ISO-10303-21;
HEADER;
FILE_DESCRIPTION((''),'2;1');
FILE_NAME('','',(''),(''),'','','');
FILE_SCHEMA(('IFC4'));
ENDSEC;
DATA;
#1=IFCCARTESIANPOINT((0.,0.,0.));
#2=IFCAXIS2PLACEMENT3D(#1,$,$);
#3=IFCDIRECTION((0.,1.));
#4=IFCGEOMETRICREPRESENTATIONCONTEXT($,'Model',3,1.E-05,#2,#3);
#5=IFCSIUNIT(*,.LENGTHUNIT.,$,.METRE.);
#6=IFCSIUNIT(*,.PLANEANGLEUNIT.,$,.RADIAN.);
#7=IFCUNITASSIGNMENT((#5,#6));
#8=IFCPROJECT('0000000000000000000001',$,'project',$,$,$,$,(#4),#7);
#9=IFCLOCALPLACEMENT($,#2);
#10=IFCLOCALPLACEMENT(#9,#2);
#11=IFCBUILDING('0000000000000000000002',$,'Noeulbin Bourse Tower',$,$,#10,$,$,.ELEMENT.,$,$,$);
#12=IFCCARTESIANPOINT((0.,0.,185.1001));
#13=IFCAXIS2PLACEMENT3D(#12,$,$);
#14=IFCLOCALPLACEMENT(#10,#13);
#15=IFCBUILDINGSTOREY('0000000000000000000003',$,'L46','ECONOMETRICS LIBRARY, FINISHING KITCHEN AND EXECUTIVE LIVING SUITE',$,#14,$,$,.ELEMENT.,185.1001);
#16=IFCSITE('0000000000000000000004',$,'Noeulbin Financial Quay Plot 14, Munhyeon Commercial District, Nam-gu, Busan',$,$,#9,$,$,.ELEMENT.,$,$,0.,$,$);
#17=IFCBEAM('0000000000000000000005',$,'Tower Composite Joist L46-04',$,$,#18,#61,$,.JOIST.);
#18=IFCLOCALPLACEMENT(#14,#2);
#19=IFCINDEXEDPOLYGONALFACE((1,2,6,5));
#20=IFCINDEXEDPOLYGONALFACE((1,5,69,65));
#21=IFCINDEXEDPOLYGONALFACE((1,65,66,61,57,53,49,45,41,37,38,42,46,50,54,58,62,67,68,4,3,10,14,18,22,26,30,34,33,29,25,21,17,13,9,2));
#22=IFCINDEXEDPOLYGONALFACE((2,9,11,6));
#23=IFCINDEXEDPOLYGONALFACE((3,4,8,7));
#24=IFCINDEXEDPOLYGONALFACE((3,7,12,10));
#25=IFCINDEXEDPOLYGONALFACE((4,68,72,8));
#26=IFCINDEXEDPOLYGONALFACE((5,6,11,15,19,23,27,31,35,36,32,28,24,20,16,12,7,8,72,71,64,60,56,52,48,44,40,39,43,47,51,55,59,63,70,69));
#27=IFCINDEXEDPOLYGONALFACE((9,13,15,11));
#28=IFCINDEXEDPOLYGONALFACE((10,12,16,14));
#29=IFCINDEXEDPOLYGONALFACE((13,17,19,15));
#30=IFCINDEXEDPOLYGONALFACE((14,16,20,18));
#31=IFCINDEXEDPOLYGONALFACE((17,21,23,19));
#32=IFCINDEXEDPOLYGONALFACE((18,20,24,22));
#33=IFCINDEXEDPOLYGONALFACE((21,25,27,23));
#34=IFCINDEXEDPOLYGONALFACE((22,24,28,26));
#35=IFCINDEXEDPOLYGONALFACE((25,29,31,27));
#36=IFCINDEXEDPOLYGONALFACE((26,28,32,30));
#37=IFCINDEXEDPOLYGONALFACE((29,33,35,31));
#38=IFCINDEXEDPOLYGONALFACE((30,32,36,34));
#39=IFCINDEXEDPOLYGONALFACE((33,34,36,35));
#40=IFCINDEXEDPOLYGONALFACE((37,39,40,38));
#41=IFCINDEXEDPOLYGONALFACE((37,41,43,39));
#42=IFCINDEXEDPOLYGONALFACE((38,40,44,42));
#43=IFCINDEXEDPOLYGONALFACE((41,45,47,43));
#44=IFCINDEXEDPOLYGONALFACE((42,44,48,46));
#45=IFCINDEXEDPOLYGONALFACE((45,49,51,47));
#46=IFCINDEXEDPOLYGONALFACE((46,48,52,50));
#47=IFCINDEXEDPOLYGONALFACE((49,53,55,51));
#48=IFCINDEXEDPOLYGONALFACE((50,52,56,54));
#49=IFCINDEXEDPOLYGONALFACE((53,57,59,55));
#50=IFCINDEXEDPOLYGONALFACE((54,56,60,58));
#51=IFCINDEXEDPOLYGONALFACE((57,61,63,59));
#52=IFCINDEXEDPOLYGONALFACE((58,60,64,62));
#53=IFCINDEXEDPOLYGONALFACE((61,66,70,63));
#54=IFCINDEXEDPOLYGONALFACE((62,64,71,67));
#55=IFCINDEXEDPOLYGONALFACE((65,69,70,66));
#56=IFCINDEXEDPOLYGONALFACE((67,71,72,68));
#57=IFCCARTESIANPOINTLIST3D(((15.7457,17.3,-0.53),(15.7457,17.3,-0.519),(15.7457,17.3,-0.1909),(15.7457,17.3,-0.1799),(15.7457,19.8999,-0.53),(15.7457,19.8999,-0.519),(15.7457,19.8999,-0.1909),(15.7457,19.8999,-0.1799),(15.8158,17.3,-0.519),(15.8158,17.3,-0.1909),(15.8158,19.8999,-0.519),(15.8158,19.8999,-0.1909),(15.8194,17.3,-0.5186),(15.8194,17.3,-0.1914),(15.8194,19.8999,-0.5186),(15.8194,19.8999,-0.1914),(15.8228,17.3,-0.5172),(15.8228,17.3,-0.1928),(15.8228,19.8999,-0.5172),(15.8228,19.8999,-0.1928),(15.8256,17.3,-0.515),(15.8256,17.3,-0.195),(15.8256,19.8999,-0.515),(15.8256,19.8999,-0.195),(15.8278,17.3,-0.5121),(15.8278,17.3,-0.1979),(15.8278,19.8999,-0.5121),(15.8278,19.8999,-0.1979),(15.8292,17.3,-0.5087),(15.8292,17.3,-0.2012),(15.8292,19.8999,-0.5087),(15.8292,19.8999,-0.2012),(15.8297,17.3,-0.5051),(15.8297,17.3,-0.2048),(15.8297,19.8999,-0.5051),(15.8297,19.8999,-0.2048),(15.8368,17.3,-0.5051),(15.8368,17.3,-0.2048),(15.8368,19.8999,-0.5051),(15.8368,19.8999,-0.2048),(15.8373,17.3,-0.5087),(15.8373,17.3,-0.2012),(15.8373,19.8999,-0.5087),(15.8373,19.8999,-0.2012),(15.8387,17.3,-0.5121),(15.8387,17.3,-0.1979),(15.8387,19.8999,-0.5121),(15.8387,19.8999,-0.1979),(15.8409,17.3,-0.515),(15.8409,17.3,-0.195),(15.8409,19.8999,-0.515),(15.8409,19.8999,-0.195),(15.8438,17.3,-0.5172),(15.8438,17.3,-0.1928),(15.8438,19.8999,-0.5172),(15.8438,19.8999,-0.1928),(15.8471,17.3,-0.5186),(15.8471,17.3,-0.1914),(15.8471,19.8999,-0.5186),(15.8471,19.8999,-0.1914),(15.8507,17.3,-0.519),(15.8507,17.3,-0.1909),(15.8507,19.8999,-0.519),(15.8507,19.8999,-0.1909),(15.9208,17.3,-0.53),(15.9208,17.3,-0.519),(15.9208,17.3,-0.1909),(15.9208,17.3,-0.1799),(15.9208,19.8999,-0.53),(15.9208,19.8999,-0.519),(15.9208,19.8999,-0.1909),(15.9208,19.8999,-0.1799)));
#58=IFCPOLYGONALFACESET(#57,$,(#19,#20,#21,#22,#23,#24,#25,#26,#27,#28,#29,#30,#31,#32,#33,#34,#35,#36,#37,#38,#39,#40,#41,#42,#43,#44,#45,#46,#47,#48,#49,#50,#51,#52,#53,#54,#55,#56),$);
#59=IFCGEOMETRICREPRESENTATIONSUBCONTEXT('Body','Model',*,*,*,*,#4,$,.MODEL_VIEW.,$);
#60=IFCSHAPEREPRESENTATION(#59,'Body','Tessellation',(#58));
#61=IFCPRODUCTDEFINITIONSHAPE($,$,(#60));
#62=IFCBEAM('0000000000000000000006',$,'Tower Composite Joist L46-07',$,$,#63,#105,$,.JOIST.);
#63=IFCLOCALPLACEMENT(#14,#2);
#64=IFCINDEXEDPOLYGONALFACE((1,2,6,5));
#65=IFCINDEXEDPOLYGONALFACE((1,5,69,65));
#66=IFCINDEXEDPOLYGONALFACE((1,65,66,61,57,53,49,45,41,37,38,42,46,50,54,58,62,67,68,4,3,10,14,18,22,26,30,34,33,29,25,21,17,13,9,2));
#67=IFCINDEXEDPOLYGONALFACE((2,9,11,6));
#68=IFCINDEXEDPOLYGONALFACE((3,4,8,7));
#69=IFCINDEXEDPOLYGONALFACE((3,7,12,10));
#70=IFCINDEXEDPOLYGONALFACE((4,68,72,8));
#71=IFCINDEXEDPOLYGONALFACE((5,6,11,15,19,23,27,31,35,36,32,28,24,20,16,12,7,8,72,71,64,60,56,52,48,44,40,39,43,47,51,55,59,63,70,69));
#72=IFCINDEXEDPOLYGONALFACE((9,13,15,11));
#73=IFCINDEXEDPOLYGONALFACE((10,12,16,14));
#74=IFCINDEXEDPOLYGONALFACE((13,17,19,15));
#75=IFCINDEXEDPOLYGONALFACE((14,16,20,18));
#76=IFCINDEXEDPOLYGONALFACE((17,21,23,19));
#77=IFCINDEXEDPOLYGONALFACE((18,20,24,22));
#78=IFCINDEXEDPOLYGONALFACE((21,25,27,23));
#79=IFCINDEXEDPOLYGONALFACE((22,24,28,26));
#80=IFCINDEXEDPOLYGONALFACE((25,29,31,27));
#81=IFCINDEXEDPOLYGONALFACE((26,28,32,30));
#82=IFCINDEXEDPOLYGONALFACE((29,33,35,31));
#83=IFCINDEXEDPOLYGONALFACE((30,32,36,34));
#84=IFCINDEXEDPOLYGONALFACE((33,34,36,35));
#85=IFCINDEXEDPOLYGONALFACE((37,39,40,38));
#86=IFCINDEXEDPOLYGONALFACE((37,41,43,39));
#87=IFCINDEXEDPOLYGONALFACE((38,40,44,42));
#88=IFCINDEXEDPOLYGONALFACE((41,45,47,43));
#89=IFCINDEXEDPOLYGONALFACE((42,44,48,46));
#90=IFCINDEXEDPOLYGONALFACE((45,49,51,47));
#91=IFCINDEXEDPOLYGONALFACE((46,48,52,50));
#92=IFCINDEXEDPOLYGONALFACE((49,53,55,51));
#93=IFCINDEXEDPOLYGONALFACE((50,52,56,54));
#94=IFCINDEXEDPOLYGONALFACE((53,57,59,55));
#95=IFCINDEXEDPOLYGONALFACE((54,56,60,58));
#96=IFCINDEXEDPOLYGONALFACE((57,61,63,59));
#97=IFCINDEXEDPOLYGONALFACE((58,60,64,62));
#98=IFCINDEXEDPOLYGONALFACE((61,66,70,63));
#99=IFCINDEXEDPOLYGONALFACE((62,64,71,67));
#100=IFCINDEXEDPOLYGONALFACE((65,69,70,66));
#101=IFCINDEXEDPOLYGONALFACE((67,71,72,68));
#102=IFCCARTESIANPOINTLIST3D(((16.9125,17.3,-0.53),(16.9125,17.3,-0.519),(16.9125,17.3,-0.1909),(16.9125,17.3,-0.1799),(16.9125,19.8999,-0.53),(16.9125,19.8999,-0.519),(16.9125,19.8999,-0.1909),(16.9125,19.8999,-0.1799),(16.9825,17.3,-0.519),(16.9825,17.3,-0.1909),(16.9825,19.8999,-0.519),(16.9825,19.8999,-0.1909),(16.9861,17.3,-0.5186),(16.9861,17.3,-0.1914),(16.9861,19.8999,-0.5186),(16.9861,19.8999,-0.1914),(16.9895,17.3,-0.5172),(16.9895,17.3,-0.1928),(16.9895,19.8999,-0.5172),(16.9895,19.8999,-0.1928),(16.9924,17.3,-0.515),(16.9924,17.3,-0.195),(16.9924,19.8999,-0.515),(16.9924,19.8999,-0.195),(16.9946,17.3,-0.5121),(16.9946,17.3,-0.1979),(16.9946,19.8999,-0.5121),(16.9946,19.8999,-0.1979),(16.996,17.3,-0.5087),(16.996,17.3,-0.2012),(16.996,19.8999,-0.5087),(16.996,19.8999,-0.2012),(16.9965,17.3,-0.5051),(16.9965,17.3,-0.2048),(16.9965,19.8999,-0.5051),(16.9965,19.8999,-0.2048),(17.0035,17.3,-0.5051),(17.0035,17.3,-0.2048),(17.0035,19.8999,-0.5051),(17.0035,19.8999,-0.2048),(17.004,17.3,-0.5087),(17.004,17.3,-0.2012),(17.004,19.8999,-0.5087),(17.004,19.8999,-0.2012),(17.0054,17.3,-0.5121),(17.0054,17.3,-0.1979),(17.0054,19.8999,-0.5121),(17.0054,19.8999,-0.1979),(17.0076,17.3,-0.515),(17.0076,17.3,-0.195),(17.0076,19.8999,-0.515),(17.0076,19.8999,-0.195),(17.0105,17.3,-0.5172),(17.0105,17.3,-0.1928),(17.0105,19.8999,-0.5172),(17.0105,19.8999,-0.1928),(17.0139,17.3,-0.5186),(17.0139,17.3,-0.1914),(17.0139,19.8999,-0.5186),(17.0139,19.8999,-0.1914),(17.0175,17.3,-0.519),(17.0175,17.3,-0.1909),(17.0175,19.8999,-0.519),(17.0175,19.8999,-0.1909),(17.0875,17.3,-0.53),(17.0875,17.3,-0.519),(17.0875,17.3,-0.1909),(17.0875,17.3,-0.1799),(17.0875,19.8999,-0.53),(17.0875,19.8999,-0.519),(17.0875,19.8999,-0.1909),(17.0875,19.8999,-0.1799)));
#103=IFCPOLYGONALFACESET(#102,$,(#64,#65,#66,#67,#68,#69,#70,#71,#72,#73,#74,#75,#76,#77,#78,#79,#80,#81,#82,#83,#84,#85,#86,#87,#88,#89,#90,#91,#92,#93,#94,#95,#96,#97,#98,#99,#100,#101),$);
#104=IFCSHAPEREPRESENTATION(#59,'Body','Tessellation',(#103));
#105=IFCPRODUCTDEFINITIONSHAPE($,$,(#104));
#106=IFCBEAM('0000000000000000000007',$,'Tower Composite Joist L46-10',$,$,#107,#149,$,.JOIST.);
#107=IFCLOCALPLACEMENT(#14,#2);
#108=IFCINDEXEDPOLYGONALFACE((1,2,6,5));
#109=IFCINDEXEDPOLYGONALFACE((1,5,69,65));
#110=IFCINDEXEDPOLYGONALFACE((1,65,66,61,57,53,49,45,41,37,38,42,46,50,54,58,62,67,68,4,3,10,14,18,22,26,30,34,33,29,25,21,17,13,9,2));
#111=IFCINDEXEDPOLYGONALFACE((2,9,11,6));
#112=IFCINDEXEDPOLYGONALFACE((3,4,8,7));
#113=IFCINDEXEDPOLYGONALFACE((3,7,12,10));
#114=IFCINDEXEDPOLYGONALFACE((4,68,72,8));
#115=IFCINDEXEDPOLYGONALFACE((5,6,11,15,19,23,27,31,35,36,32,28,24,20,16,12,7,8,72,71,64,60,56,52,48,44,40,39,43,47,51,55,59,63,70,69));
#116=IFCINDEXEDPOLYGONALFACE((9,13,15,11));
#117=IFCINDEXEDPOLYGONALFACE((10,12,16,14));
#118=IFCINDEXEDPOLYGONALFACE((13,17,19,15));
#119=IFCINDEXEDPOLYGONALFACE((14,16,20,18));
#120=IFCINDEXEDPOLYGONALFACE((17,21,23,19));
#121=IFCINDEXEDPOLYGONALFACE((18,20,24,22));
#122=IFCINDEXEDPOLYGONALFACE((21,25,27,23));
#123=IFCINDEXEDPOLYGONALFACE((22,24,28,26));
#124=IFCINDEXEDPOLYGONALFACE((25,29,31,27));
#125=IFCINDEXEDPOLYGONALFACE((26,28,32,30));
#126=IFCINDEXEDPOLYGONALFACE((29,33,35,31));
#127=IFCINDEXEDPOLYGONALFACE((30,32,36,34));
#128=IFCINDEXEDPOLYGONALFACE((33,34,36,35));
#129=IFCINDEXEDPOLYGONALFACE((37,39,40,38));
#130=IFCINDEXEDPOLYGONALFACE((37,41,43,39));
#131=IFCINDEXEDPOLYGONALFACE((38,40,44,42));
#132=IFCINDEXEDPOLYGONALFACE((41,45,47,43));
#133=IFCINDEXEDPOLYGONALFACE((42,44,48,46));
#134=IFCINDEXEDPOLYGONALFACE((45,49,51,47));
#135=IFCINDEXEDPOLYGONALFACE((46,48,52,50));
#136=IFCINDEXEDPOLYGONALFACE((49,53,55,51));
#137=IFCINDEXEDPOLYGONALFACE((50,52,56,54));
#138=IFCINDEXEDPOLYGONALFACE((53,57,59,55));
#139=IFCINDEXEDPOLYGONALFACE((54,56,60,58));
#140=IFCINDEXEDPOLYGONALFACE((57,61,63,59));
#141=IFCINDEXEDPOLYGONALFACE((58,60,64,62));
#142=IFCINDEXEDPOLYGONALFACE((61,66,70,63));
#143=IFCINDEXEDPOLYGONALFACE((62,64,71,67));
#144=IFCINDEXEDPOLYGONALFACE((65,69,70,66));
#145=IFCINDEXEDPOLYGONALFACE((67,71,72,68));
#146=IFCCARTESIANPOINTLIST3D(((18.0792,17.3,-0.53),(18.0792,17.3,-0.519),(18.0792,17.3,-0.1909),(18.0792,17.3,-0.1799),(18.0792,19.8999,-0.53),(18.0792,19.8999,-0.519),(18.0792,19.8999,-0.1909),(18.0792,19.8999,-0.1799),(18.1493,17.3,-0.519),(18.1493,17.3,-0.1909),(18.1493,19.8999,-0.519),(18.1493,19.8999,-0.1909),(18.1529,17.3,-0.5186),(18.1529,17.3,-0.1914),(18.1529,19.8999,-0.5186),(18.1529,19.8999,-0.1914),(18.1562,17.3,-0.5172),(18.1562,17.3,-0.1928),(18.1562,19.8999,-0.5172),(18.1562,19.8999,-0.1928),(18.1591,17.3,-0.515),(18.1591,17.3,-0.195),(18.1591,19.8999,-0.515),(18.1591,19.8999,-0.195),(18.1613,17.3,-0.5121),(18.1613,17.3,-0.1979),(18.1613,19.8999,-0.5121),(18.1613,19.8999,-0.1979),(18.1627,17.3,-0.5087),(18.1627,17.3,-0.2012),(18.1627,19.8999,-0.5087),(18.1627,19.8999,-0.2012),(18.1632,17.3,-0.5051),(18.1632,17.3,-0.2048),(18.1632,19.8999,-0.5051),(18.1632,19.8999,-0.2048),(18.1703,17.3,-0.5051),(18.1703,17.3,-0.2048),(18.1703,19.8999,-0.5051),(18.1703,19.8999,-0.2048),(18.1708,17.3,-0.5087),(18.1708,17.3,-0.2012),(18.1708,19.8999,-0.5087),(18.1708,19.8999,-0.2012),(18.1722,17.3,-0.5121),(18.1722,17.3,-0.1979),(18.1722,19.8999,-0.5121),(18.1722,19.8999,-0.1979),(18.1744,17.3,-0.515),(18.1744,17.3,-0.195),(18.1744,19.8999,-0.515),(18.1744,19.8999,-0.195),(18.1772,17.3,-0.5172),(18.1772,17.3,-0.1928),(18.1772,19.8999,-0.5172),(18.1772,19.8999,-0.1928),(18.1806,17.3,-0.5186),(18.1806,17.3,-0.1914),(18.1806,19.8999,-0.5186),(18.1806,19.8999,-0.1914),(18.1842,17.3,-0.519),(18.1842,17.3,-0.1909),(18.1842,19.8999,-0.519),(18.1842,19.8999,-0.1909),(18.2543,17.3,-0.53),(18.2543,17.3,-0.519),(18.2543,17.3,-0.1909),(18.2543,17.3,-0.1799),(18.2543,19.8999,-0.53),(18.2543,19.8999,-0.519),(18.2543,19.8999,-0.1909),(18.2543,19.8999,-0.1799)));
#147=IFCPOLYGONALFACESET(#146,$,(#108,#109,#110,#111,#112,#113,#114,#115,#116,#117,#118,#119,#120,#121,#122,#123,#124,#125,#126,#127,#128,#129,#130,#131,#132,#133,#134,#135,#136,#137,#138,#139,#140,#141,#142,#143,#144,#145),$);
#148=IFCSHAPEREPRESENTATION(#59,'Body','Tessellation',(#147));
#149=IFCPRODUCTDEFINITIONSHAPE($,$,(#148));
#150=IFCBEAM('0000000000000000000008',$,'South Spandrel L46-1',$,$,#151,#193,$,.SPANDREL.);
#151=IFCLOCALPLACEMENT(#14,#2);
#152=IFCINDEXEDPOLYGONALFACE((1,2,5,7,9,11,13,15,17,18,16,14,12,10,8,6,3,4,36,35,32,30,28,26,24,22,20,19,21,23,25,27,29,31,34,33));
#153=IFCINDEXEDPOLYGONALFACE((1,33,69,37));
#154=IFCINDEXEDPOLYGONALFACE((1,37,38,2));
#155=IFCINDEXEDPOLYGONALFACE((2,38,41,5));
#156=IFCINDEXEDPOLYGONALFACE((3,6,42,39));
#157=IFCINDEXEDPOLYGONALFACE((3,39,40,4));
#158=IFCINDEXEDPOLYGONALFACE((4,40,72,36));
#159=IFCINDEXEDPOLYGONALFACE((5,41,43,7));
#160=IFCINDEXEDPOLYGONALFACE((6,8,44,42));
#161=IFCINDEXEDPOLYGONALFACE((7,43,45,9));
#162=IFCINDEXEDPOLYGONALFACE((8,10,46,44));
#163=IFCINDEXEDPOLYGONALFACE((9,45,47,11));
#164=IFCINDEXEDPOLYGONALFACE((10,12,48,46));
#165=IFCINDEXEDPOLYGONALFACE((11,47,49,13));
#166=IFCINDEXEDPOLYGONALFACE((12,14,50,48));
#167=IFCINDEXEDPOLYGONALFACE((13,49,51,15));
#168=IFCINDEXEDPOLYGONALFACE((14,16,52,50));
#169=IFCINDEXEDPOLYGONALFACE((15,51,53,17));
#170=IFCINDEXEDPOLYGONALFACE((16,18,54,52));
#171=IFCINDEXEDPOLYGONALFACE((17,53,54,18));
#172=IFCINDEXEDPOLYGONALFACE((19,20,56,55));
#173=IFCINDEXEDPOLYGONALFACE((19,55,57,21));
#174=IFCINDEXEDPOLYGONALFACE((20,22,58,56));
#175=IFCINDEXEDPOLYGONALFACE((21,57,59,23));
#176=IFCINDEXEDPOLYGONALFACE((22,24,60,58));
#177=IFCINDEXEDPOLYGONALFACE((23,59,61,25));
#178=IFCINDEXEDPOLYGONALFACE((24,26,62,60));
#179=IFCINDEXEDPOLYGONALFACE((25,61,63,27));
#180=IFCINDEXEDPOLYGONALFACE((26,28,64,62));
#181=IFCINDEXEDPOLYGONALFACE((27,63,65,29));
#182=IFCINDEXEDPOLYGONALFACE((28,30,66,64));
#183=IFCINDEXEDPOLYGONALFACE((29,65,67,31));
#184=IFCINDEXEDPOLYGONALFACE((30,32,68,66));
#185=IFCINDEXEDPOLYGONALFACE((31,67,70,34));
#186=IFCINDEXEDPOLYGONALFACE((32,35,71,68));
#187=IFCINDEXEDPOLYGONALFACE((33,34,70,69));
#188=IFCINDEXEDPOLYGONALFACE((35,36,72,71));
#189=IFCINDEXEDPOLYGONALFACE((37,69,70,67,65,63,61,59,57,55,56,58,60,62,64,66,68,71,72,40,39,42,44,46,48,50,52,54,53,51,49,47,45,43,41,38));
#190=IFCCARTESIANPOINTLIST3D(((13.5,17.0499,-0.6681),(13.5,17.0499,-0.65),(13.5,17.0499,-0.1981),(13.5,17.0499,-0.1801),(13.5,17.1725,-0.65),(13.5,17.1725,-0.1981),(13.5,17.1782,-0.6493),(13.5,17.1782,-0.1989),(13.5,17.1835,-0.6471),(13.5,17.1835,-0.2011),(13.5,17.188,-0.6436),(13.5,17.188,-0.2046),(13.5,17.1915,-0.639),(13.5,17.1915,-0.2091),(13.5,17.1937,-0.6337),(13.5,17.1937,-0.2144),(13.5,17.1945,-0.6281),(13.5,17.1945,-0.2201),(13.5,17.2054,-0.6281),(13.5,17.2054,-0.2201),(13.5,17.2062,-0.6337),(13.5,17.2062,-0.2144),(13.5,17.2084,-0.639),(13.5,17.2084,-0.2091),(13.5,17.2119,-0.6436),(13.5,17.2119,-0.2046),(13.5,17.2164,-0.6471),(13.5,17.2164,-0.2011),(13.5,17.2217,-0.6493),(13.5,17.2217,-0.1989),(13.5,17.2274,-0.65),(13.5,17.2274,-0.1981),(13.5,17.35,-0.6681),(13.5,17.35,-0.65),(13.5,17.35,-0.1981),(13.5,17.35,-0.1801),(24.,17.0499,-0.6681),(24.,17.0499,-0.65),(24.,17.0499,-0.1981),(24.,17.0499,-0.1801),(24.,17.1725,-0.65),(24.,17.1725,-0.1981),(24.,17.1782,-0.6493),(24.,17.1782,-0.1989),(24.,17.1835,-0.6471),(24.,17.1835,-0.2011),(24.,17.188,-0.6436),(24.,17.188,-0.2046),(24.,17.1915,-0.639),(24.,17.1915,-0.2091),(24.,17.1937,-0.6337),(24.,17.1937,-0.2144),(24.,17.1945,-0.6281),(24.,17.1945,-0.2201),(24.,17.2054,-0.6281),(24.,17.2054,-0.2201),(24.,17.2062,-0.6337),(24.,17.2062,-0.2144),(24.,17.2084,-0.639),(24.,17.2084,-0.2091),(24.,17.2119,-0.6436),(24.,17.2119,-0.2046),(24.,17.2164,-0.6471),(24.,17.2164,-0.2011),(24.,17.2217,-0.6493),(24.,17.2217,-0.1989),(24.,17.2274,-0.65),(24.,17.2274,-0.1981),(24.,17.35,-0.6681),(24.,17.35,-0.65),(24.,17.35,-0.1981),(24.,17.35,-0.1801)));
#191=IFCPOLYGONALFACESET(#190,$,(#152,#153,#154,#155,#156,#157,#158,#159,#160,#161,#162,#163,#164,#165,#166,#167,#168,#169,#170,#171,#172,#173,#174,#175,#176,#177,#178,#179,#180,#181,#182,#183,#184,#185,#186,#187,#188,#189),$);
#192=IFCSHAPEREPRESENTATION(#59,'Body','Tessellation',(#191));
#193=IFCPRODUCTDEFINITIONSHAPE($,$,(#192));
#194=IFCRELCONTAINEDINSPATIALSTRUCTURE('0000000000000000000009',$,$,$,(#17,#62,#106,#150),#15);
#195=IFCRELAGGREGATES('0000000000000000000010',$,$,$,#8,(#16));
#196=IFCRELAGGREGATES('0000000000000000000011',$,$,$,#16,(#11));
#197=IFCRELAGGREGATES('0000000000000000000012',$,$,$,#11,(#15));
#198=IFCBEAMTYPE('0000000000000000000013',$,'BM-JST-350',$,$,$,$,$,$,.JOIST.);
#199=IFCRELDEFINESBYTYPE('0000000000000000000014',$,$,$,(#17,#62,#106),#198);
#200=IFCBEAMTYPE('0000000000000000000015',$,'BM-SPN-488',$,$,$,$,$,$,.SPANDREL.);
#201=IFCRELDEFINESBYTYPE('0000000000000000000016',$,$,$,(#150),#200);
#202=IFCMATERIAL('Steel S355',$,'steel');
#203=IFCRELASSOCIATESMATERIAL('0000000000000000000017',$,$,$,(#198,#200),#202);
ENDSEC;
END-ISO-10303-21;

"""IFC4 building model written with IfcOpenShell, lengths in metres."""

from ifc_helpers import new_model, si_unit, direction, frame, origin, origin_2d, place, context, subcontext, project, spatial, i_section, extrude, material, material_profile, profile_set, type_object, element, save


model = new_model("IFC4")

# Units and contexts
model_context = context("Model", 3, precision=1e-05, world=origin(), true_north=direction((0.0, 1.0)))
body_context = subcontext(model_context, "Body", "Model", "MODEL_VIEW")
ifc_project = project(units=[si_unit("LENGTHUNIT", "METRE"), si_unit("PLANEANGLEUNIT", "RADIAN")], contexts=[model_context])

# Site, building, storey
site_placement = place(None, origin())
site = spatial("IfcSite", under=ifc_project, at=site_placement, Name="Noeulbin Financial Quay Plot 14, Munhyeon Commercial District, Nam-gu, Busan", CompositionType="ELEMENT", RefElevation=0.0)
building_placement = place(site_placement, origin())
building = spatial("IfcBuilding", under=site, at=building_placement, Name="Noeulbin Bourse Tower", CompositionType="ELEMENT")
storey_placement = place(building_placement, frame((0.0, 0.0, 185.1001)))
storey = spatial("IfcBuildingStorey", under=building, at=storey_placement, Name="L46", Description="ECONOMETRICS LIBRARY, FINISHING KITCHEN AND EXECUTIVE LIVING SUITE", CompositionType="ELEMENT", Elevation=185.1001)

# Shared definitions
ifc_material_1 = material(Name="Steel S355", Category="steel")

# Beams
ifc_material_profile_1 = material_profile(ifc_material_1, i_section(OverallWidth=0.175, OverallDepth=0.3501, WebThickness=0.0071, FlangeThickness=0.011, FilletRadius=0.0139, at=origin_2d()), Name="H-350x175x7x11", Category="LoadBearing")
ifc_profile_set_1 = profile_set([ifc_material_profile_1], Name="Steel S355")
beam_type_1 = type_object("IfcBeamType", Name="BM-JST-350", PredefinedType="JOIST", material=ifc_profile_set_1)
for number, where, z_axis, x_axis, name in (
    (1, (15.8333, 17.3, -0.355), (0.0, 1.0, 0.0), (-1.0, 0.0, 0.0), "Tower Composite Joist L46-04"),
    (2, (17.0, 17.3, -0.355), (0.0, 1.0, 0.0), (-1.0, 0.0, 0.0), "Tower Composite Joist L46-07"),
    (3, (18.1667, 17.3, -0.355), (0.0, 1.0, 0.0), (-1.0, 0.0, 0.0), "Tower Composite Joist L46-10"),
):
    element("IfcBeam", number, at=place(storey_placement, frame(where, z_axis=z_axis, x_axis=x_axis)), inside=storey, type_object=beam_type_1, Name=name, PredefinedType="JOIST", context=body_context, shape_type="SweptSolid", body=[
        extrude(i_section(OverallWidth=0.175, OverallDepth=0.3501, WebThickness=0.0071, FlangeThickness=0.011, FilletRadius=0.0139, at=origin_2d()), origin(), (0.0, 0.0, 1.0), 2.5999),
    ])
ifc_material_profile_2 = material_profile(ifc_material_1, i_section(OverallWidth=0.3, OverallDepth=0.488, WebThickness=0.011, FlangeThickness=0.0181, FilletRadius=0.022, at=origin_2d()), Name="H-488x300x11x18", Category="LoadBearing")
ifc_profile_set_2 = profile_set([ifc_material_profile_2], Name="Steel S355")
beam_type_2 = type_object("IfcBeamType", Name="BM-SPN-488", PredefinedType="SPANDREL", material=ifc_profile_set_2)
beam_1_placement = place(storey_placement, frame((13.5, 17.2, -0.4241), z_axis=(1.0, 0.0, 0.0), x_axis=(0.0, 1.0, 0.0)))
element("IfcBeam", 4, at=beam_1_placement, inside=storey, type_object=beam_type_2, Name="South Spandrel L46-1", PredefinedType="SPANDREL", context=body_context, shape_type="SweptSolid", body=[
    extrude(i_section(OverallWidth=0.3, OverallDepth=0.488, WebThickness=0.011, FlangeThickness=0.0181, FilletRadius=0.022, at=origin_2d()), origin(), (0.0, 0.0, 1.0), 10.5),
])

save(model, "model.ifc")
